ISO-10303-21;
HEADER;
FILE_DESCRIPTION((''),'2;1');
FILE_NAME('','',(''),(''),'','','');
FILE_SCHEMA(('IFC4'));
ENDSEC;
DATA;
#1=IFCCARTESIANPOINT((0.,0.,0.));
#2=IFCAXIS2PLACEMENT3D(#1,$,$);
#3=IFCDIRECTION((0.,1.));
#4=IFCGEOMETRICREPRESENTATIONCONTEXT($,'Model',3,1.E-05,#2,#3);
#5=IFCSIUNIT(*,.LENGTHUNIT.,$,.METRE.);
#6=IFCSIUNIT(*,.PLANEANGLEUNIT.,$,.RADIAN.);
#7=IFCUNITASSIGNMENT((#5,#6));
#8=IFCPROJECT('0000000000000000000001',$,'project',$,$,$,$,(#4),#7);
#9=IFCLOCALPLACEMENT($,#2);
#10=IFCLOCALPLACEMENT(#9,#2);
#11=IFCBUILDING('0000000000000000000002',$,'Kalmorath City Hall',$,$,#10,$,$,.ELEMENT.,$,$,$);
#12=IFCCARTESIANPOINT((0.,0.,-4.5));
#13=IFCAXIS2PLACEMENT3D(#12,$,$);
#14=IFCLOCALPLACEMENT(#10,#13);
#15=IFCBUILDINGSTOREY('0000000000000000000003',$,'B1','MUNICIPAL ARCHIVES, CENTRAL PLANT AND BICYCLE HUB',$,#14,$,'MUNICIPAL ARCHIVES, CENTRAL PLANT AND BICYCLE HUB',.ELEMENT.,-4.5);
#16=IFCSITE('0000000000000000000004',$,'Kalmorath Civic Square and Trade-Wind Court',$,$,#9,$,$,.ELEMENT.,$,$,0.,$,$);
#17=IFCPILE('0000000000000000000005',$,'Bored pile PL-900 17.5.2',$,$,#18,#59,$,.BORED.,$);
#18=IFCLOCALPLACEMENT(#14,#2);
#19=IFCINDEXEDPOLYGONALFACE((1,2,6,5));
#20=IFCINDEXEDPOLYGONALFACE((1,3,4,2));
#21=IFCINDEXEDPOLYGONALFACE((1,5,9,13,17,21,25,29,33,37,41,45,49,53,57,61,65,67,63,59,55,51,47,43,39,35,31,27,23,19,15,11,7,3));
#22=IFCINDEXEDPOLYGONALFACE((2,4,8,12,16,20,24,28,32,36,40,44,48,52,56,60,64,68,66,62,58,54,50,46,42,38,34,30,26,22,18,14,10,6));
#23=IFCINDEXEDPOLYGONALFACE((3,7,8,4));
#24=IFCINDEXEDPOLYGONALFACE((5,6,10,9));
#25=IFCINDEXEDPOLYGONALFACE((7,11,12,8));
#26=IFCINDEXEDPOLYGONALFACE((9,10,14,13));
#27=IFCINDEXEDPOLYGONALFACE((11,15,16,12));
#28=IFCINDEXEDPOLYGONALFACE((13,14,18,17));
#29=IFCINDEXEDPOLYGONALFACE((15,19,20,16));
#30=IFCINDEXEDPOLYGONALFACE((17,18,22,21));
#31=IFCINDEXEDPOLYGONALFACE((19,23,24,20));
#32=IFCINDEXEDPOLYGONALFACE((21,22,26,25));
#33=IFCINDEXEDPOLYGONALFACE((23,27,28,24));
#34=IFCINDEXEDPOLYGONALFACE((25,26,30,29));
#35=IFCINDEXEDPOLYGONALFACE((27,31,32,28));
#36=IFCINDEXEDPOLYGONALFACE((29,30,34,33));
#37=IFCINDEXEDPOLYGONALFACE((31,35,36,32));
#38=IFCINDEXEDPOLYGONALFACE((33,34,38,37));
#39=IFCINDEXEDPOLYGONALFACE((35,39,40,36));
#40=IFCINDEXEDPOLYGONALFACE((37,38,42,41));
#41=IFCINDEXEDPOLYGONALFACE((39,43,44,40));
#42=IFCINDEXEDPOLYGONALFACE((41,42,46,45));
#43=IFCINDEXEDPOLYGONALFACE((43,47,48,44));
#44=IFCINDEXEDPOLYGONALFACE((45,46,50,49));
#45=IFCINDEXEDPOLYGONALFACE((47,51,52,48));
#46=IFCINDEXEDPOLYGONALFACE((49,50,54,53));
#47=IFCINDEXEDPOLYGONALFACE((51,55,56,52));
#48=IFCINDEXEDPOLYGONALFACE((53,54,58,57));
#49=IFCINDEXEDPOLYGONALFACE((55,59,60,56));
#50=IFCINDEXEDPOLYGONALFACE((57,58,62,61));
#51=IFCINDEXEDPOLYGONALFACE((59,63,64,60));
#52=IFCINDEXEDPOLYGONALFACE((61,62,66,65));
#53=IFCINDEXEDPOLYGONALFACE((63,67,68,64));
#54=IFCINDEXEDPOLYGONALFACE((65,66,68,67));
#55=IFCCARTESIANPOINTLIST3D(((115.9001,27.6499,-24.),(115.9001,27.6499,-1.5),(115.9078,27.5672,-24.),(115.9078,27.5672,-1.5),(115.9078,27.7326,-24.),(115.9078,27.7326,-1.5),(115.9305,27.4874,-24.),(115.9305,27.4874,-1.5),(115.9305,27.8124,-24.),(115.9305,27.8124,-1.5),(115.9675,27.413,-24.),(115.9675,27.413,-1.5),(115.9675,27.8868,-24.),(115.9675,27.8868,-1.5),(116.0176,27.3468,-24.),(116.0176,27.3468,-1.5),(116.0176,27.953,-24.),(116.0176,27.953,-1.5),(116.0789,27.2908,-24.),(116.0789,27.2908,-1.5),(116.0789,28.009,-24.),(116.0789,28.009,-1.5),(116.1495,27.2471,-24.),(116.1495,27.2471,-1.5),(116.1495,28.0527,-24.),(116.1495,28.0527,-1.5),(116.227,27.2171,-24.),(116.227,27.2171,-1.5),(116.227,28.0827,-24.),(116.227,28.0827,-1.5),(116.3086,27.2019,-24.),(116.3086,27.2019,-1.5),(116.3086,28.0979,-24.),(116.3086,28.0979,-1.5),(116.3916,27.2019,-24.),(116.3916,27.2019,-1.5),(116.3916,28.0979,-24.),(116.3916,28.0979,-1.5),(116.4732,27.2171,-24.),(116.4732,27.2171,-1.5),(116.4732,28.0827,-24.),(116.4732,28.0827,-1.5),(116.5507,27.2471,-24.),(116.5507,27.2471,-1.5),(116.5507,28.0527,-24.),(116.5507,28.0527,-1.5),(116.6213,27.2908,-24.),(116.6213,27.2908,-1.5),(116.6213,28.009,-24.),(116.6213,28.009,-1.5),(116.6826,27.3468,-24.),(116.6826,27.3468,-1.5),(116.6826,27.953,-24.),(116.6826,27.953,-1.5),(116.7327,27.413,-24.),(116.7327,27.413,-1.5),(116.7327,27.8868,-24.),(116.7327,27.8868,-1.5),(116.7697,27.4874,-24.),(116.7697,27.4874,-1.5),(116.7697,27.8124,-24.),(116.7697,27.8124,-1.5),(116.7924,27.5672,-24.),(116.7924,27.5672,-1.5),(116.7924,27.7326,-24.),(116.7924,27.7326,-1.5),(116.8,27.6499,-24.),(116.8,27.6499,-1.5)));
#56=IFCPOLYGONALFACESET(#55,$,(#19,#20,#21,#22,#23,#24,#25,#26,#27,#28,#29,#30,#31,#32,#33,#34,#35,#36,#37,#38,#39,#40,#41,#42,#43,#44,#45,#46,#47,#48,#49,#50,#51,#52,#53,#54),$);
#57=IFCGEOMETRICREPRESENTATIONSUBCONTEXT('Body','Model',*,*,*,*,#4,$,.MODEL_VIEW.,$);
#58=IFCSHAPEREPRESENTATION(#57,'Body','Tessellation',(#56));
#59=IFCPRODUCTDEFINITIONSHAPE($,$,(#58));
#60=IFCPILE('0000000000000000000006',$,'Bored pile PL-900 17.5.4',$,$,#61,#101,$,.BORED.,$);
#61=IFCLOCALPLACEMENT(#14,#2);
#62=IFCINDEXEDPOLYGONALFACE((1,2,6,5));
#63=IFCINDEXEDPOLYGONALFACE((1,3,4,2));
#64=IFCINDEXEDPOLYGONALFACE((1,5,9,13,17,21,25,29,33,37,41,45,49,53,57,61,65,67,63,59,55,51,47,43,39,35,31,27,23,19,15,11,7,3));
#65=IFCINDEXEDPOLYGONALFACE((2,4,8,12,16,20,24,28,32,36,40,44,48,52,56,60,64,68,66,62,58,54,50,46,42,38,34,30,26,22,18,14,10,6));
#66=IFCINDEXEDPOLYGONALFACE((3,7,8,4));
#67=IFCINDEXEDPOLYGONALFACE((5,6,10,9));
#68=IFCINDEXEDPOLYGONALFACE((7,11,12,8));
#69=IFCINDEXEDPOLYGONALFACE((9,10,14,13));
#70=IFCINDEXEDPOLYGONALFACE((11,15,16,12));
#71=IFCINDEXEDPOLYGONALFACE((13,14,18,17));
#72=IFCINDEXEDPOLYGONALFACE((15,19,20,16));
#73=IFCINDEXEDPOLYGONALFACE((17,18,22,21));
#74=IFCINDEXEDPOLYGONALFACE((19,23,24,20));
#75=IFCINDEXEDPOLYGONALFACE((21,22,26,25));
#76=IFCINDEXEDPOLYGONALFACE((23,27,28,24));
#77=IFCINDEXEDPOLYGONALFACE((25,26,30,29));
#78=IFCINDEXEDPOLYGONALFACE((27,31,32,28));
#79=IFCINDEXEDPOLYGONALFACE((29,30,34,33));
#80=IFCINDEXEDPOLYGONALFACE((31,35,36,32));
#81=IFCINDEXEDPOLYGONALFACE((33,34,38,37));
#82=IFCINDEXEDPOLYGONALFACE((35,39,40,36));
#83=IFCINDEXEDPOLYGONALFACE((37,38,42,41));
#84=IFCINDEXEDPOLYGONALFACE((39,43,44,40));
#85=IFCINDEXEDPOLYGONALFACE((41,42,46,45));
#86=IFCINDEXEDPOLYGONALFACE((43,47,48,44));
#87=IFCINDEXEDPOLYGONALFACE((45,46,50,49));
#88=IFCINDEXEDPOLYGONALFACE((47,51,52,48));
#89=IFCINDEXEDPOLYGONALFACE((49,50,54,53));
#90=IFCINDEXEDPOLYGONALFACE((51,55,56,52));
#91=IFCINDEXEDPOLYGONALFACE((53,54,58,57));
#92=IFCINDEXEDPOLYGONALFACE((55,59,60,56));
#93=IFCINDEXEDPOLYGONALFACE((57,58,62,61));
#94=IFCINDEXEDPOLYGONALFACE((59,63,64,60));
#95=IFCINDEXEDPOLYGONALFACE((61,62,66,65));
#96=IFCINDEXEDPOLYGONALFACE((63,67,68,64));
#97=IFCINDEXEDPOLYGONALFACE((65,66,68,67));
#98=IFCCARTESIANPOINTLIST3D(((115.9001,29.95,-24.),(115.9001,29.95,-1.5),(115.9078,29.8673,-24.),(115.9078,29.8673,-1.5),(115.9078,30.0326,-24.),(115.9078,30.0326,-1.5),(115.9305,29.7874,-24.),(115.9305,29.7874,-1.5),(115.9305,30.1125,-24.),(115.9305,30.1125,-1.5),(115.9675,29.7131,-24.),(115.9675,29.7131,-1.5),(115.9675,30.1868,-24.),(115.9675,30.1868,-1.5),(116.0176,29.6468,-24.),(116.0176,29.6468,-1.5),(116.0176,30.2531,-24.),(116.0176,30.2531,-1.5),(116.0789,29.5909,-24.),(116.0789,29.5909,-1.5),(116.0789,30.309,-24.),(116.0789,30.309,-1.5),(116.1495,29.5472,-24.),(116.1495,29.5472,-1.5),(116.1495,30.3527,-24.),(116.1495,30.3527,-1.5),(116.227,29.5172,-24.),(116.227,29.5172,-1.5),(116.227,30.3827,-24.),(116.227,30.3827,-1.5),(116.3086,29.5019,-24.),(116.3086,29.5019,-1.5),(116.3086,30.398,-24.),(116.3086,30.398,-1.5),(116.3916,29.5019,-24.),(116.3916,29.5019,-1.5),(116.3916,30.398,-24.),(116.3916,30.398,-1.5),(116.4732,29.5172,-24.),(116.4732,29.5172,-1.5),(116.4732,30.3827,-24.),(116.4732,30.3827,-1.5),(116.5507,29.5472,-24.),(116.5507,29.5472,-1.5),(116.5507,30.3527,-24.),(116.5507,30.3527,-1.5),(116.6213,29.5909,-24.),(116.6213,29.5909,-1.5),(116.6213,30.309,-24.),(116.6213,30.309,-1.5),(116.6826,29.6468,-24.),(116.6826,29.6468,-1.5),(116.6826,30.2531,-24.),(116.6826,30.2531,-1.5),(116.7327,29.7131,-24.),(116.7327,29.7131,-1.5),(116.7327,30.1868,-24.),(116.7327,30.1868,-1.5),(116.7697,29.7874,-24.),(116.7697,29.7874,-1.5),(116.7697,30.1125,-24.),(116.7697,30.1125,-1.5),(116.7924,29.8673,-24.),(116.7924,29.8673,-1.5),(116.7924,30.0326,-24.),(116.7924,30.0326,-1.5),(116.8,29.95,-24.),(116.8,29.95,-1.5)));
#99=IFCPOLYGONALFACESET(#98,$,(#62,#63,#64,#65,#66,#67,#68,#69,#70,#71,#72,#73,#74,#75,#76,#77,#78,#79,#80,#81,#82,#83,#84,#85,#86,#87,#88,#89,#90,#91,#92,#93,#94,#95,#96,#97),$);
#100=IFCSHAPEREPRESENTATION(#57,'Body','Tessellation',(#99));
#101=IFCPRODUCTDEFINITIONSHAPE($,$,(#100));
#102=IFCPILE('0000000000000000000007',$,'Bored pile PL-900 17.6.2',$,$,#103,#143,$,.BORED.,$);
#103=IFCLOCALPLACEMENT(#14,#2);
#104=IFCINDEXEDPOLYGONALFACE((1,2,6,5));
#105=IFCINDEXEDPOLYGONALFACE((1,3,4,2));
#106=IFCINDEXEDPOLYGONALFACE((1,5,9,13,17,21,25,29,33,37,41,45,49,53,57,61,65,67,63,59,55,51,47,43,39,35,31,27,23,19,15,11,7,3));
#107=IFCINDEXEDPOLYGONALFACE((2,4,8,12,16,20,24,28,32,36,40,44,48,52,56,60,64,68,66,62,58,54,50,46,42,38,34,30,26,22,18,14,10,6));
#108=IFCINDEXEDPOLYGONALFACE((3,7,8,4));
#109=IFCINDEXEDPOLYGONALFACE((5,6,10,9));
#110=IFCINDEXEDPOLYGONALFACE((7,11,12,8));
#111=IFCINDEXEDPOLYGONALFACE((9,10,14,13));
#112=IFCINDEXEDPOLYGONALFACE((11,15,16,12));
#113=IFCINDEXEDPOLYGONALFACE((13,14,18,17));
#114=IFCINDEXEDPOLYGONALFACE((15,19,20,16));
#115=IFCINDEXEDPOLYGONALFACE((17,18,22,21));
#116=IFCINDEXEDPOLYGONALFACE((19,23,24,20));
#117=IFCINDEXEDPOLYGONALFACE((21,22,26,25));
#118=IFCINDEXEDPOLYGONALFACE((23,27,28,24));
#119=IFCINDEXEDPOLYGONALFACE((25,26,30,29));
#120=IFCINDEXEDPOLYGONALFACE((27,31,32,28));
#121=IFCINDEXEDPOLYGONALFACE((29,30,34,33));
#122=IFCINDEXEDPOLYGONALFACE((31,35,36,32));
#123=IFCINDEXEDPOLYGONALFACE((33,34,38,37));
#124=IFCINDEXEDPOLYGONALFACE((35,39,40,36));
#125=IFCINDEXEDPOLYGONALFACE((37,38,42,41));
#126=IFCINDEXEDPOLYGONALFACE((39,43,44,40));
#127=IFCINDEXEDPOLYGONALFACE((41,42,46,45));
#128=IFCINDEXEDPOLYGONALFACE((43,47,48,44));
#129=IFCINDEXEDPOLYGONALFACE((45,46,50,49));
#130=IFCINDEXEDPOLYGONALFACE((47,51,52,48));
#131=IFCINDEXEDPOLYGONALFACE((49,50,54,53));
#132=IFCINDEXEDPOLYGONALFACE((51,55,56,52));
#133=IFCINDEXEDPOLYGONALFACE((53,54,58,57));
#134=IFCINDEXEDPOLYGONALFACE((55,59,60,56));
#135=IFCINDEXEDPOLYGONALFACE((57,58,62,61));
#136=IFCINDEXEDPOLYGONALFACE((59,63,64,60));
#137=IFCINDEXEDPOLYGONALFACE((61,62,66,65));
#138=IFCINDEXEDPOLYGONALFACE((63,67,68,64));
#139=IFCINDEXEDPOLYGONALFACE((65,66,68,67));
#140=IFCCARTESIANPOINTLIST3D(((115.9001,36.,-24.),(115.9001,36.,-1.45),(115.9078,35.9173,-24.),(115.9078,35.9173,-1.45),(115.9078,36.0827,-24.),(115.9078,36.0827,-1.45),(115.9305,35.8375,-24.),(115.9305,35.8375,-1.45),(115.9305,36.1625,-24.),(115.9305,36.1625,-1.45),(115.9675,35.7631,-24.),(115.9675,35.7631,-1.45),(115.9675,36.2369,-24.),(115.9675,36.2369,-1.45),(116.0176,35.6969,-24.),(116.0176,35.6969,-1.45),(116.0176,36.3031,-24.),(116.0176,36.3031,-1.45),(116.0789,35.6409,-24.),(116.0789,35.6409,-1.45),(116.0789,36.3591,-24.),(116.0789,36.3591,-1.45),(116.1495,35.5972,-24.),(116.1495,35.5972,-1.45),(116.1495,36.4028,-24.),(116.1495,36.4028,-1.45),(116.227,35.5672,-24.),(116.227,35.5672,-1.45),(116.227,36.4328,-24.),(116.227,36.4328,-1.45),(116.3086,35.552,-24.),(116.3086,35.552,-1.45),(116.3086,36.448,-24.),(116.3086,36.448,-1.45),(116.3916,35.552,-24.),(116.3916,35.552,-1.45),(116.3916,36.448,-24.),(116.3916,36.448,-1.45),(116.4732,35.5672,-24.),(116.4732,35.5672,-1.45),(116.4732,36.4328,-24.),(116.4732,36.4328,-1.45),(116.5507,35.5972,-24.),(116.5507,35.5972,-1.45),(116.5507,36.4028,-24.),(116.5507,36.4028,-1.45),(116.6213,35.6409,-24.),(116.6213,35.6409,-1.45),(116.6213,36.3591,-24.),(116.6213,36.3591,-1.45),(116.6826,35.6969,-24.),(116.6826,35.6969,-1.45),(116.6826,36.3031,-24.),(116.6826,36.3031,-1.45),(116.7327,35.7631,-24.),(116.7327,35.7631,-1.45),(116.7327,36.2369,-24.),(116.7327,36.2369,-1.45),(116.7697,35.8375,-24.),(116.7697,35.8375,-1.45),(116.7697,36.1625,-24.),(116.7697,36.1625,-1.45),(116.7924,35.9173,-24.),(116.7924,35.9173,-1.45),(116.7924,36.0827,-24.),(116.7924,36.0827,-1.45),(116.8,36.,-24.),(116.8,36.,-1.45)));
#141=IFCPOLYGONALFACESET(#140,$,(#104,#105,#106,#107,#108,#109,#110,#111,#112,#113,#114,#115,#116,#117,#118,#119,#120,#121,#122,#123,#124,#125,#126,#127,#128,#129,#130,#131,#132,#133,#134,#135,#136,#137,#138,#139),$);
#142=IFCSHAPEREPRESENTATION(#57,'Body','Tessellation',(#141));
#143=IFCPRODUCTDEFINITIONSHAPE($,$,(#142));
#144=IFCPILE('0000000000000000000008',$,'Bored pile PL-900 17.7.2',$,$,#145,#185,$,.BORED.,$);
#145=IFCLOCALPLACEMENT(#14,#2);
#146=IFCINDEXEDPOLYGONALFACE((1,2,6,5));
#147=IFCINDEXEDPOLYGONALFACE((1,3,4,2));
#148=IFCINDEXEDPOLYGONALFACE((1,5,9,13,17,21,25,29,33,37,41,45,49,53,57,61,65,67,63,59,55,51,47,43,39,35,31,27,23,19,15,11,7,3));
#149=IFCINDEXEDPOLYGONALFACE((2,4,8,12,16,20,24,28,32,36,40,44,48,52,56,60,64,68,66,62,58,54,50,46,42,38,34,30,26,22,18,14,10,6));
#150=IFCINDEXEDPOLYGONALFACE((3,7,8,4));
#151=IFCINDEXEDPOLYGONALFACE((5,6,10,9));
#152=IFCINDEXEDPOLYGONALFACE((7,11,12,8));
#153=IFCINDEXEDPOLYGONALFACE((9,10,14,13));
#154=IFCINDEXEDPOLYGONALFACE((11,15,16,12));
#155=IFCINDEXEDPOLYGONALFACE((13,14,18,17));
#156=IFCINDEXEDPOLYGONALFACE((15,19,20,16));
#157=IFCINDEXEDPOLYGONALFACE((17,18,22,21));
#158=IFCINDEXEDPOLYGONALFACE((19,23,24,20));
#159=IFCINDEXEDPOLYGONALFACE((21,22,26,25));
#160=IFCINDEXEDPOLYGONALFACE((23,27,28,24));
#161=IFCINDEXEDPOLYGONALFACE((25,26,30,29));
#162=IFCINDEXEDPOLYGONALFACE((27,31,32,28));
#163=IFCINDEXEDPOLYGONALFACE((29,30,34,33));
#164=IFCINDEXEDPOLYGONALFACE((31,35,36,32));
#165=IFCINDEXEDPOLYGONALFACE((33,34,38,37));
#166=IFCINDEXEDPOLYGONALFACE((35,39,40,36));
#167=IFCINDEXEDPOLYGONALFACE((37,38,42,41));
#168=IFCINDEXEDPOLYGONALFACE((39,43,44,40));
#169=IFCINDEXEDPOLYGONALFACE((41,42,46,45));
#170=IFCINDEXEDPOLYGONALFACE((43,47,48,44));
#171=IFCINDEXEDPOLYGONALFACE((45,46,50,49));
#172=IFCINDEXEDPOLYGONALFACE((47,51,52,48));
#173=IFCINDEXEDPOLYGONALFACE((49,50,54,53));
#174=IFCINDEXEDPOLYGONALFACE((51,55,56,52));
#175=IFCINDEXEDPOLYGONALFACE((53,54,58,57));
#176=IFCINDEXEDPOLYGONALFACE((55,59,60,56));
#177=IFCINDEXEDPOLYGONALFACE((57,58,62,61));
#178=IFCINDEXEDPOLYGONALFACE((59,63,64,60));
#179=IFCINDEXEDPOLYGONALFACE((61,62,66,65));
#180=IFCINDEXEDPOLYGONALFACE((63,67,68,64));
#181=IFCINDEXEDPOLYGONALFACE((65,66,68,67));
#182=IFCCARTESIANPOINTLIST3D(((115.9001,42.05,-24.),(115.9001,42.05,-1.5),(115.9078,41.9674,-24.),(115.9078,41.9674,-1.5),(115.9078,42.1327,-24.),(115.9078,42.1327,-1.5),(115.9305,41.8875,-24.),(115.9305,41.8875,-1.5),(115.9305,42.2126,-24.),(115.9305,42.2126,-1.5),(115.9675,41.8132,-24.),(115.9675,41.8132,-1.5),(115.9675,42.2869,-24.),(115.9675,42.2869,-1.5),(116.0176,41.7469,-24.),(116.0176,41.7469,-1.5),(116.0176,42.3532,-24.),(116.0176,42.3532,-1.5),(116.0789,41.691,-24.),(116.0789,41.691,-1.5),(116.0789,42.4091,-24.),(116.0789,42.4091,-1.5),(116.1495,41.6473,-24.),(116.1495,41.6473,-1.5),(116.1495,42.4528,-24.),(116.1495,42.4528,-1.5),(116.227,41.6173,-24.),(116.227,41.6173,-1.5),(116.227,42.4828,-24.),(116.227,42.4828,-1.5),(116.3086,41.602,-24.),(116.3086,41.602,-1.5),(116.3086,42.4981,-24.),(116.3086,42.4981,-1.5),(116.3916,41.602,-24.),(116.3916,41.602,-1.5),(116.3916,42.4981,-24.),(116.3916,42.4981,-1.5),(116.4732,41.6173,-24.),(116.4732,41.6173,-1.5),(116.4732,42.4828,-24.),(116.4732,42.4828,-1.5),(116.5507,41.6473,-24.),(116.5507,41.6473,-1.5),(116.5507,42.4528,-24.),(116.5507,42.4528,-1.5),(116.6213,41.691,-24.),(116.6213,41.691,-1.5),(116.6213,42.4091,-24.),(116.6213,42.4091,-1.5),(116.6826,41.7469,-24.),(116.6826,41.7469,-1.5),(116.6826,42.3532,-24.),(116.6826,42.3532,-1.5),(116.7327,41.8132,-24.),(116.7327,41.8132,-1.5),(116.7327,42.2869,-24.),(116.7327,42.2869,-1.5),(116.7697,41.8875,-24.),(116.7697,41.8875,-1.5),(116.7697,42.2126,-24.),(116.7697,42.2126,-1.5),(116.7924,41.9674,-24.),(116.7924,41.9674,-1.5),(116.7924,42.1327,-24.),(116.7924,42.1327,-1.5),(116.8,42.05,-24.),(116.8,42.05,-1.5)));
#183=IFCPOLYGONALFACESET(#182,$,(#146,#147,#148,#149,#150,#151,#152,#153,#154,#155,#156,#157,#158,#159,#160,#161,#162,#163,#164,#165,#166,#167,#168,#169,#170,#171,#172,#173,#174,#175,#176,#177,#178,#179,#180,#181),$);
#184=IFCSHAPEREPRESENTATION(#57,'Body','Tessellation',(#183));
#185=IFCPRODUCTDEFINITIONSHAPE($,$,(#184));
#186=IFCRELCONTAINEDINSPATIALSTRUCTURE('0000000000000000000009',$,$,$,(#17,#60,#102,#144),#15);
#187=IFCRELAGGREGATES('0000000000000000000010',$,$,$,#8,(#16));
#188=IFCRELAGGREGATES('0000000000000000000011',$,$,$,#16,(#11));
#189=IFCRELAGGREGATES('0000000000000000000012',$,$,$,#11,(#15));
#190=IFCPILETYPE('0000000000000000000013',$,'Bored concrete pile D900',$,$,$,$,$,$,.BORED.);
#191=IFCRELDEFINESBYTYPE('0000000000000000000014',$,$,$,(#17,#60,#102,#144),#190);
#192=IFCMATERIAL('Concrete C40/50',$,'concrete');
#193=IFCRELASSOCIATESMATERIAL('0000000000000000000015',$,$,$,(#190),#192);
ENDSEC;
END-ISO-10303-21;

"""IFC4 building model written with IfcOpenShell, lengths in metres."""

from ifc_helpers import new_model, si_unit, direction, frame, origin, origin_2d, place, context, subcontext, project, spatial, circle, extrude, material, material_profile, profile_set, type_object, element, save


model = new_model("IFC4")

# Units and contexts
model_context = context("Model", 3, precision=1e-05, world=origin(), true_north=direction((0.0, 1.0)))
body_context = subcontext(model_context, "Body", "Model", "MODEL_VIEW")
ifc_project = project(units=[si_unit("LENGTHUNIT", "METRE"), si_unit("PLANEANGLEUNIT", "RADIAN")], contexts=[model_context])

# Site, building, storey
site_placement = place(None, origin())
site = spatial("IfcSite", under=ifc_project, at=site_placement, Name="Kalmorath Civic Square and Trade-Wind Court", CompositionType="ELEMENT", RefElevation=0.0)
building_placement = place(site_placement, origin())
building = spatial("IfcBuilding", under=site, at=building_placement, Name="Kalmorath City Hall", CompositionType="ELEMENT")
storey_placement = place(building_placement, frame((0.0, 0.0, -4.5)))
storey = spatial("IfcBuildingStorey", under=building, at=storey_placement, Name="B1", Description="MUNICIPAL ARCHIVES, CENTRAL PLANT AND BICYCLE HUB", LongName="MUNICIPAL ARCHIVES, CENTRAL PLANT AND BICYCLE HUB", CompositionType="ELEMENT", Elevation=-4.5)

# Piles
ifc_material_1 = material(Name="Concrete C40/50", Category="concrete")
ifc_material_profile_1 = material_profile(ifc_material_1, circle(Radius=0.45, at=origin_2d()), Name="PILE-D900")
ifc_profile_set_1 = profile_set([ifc_material_profile_1], Name="Concrete C40/50")
pile_type = type_object("IfcPileType", Name="Bored concrete pile D900", PredefinedType="BORED", material=ifc_profile_set_1)
for number, where, z_axis, x_axis, name in (
    (1, (116.3501, 27.6499, -1.5), (0.0, 0.0, -1.0), (1.0, 0.0, 0.0), "Bored pile PL-900 17.5.2"),
    (2, (116.3501, 29.95, -1.5), (0.0, 0.0, -1.0), (1.0, 0.0, 0.0), "Bored pile PL-900 17.5.4"),
):
    element("IfcPile", number, at=place(storey_placement, frame(where, z_axis=z_axis, x_axis=x_axis)), inside=storey, type_object=pile_type, Name=name, PredefinedType="BORED", context=body_context, shape_type="SweptSolid", body=[
        extrude(circle(Radius=0.45, at=origin_2d()), origin(), (0.0, 0.0, 1.0), 22.5),
    ])
pile_1_placement = place(storey_placement, frame((116.3501, 36.0, -1.45), z_axis=(0.0, 0.0, -1.0), x_axis=(1.0, 0.0, 0.0)))
element("IfcPile", 3, at=pile_1_placement, inside=storey, type_object=pile_type, Name="Bored pile PL-900 17.6.2", PredefinedType="BORED", context=body_context, shape_type="SweptSolid", body=[
    extrude(circle(Radius=0.45, at=origin_2d()), origin(), (0.0, 0.0, 1.0), 22.55),
])
pile_2_placement = place(storey_placement, frame((116.3501, 42.05, -1.5), z_axis=(0.0, 0.0, -1.0), x_axis=(1.0, 0.0, 0.0)))
element("IfcPile", 4, at=pile_2_placement, inside=storey, type_object=pile_type, Name="Bored pile PL-900 17.7.2", PredefinedType="BORED", context=body_context, shape_type="SweptSolid", body=[
    extrude(circle(Radius=0.45, at=origin_2d()), origin(), (0.0, 0.0, 1.0), 22.5),
])

save(model, "model.ifc")
